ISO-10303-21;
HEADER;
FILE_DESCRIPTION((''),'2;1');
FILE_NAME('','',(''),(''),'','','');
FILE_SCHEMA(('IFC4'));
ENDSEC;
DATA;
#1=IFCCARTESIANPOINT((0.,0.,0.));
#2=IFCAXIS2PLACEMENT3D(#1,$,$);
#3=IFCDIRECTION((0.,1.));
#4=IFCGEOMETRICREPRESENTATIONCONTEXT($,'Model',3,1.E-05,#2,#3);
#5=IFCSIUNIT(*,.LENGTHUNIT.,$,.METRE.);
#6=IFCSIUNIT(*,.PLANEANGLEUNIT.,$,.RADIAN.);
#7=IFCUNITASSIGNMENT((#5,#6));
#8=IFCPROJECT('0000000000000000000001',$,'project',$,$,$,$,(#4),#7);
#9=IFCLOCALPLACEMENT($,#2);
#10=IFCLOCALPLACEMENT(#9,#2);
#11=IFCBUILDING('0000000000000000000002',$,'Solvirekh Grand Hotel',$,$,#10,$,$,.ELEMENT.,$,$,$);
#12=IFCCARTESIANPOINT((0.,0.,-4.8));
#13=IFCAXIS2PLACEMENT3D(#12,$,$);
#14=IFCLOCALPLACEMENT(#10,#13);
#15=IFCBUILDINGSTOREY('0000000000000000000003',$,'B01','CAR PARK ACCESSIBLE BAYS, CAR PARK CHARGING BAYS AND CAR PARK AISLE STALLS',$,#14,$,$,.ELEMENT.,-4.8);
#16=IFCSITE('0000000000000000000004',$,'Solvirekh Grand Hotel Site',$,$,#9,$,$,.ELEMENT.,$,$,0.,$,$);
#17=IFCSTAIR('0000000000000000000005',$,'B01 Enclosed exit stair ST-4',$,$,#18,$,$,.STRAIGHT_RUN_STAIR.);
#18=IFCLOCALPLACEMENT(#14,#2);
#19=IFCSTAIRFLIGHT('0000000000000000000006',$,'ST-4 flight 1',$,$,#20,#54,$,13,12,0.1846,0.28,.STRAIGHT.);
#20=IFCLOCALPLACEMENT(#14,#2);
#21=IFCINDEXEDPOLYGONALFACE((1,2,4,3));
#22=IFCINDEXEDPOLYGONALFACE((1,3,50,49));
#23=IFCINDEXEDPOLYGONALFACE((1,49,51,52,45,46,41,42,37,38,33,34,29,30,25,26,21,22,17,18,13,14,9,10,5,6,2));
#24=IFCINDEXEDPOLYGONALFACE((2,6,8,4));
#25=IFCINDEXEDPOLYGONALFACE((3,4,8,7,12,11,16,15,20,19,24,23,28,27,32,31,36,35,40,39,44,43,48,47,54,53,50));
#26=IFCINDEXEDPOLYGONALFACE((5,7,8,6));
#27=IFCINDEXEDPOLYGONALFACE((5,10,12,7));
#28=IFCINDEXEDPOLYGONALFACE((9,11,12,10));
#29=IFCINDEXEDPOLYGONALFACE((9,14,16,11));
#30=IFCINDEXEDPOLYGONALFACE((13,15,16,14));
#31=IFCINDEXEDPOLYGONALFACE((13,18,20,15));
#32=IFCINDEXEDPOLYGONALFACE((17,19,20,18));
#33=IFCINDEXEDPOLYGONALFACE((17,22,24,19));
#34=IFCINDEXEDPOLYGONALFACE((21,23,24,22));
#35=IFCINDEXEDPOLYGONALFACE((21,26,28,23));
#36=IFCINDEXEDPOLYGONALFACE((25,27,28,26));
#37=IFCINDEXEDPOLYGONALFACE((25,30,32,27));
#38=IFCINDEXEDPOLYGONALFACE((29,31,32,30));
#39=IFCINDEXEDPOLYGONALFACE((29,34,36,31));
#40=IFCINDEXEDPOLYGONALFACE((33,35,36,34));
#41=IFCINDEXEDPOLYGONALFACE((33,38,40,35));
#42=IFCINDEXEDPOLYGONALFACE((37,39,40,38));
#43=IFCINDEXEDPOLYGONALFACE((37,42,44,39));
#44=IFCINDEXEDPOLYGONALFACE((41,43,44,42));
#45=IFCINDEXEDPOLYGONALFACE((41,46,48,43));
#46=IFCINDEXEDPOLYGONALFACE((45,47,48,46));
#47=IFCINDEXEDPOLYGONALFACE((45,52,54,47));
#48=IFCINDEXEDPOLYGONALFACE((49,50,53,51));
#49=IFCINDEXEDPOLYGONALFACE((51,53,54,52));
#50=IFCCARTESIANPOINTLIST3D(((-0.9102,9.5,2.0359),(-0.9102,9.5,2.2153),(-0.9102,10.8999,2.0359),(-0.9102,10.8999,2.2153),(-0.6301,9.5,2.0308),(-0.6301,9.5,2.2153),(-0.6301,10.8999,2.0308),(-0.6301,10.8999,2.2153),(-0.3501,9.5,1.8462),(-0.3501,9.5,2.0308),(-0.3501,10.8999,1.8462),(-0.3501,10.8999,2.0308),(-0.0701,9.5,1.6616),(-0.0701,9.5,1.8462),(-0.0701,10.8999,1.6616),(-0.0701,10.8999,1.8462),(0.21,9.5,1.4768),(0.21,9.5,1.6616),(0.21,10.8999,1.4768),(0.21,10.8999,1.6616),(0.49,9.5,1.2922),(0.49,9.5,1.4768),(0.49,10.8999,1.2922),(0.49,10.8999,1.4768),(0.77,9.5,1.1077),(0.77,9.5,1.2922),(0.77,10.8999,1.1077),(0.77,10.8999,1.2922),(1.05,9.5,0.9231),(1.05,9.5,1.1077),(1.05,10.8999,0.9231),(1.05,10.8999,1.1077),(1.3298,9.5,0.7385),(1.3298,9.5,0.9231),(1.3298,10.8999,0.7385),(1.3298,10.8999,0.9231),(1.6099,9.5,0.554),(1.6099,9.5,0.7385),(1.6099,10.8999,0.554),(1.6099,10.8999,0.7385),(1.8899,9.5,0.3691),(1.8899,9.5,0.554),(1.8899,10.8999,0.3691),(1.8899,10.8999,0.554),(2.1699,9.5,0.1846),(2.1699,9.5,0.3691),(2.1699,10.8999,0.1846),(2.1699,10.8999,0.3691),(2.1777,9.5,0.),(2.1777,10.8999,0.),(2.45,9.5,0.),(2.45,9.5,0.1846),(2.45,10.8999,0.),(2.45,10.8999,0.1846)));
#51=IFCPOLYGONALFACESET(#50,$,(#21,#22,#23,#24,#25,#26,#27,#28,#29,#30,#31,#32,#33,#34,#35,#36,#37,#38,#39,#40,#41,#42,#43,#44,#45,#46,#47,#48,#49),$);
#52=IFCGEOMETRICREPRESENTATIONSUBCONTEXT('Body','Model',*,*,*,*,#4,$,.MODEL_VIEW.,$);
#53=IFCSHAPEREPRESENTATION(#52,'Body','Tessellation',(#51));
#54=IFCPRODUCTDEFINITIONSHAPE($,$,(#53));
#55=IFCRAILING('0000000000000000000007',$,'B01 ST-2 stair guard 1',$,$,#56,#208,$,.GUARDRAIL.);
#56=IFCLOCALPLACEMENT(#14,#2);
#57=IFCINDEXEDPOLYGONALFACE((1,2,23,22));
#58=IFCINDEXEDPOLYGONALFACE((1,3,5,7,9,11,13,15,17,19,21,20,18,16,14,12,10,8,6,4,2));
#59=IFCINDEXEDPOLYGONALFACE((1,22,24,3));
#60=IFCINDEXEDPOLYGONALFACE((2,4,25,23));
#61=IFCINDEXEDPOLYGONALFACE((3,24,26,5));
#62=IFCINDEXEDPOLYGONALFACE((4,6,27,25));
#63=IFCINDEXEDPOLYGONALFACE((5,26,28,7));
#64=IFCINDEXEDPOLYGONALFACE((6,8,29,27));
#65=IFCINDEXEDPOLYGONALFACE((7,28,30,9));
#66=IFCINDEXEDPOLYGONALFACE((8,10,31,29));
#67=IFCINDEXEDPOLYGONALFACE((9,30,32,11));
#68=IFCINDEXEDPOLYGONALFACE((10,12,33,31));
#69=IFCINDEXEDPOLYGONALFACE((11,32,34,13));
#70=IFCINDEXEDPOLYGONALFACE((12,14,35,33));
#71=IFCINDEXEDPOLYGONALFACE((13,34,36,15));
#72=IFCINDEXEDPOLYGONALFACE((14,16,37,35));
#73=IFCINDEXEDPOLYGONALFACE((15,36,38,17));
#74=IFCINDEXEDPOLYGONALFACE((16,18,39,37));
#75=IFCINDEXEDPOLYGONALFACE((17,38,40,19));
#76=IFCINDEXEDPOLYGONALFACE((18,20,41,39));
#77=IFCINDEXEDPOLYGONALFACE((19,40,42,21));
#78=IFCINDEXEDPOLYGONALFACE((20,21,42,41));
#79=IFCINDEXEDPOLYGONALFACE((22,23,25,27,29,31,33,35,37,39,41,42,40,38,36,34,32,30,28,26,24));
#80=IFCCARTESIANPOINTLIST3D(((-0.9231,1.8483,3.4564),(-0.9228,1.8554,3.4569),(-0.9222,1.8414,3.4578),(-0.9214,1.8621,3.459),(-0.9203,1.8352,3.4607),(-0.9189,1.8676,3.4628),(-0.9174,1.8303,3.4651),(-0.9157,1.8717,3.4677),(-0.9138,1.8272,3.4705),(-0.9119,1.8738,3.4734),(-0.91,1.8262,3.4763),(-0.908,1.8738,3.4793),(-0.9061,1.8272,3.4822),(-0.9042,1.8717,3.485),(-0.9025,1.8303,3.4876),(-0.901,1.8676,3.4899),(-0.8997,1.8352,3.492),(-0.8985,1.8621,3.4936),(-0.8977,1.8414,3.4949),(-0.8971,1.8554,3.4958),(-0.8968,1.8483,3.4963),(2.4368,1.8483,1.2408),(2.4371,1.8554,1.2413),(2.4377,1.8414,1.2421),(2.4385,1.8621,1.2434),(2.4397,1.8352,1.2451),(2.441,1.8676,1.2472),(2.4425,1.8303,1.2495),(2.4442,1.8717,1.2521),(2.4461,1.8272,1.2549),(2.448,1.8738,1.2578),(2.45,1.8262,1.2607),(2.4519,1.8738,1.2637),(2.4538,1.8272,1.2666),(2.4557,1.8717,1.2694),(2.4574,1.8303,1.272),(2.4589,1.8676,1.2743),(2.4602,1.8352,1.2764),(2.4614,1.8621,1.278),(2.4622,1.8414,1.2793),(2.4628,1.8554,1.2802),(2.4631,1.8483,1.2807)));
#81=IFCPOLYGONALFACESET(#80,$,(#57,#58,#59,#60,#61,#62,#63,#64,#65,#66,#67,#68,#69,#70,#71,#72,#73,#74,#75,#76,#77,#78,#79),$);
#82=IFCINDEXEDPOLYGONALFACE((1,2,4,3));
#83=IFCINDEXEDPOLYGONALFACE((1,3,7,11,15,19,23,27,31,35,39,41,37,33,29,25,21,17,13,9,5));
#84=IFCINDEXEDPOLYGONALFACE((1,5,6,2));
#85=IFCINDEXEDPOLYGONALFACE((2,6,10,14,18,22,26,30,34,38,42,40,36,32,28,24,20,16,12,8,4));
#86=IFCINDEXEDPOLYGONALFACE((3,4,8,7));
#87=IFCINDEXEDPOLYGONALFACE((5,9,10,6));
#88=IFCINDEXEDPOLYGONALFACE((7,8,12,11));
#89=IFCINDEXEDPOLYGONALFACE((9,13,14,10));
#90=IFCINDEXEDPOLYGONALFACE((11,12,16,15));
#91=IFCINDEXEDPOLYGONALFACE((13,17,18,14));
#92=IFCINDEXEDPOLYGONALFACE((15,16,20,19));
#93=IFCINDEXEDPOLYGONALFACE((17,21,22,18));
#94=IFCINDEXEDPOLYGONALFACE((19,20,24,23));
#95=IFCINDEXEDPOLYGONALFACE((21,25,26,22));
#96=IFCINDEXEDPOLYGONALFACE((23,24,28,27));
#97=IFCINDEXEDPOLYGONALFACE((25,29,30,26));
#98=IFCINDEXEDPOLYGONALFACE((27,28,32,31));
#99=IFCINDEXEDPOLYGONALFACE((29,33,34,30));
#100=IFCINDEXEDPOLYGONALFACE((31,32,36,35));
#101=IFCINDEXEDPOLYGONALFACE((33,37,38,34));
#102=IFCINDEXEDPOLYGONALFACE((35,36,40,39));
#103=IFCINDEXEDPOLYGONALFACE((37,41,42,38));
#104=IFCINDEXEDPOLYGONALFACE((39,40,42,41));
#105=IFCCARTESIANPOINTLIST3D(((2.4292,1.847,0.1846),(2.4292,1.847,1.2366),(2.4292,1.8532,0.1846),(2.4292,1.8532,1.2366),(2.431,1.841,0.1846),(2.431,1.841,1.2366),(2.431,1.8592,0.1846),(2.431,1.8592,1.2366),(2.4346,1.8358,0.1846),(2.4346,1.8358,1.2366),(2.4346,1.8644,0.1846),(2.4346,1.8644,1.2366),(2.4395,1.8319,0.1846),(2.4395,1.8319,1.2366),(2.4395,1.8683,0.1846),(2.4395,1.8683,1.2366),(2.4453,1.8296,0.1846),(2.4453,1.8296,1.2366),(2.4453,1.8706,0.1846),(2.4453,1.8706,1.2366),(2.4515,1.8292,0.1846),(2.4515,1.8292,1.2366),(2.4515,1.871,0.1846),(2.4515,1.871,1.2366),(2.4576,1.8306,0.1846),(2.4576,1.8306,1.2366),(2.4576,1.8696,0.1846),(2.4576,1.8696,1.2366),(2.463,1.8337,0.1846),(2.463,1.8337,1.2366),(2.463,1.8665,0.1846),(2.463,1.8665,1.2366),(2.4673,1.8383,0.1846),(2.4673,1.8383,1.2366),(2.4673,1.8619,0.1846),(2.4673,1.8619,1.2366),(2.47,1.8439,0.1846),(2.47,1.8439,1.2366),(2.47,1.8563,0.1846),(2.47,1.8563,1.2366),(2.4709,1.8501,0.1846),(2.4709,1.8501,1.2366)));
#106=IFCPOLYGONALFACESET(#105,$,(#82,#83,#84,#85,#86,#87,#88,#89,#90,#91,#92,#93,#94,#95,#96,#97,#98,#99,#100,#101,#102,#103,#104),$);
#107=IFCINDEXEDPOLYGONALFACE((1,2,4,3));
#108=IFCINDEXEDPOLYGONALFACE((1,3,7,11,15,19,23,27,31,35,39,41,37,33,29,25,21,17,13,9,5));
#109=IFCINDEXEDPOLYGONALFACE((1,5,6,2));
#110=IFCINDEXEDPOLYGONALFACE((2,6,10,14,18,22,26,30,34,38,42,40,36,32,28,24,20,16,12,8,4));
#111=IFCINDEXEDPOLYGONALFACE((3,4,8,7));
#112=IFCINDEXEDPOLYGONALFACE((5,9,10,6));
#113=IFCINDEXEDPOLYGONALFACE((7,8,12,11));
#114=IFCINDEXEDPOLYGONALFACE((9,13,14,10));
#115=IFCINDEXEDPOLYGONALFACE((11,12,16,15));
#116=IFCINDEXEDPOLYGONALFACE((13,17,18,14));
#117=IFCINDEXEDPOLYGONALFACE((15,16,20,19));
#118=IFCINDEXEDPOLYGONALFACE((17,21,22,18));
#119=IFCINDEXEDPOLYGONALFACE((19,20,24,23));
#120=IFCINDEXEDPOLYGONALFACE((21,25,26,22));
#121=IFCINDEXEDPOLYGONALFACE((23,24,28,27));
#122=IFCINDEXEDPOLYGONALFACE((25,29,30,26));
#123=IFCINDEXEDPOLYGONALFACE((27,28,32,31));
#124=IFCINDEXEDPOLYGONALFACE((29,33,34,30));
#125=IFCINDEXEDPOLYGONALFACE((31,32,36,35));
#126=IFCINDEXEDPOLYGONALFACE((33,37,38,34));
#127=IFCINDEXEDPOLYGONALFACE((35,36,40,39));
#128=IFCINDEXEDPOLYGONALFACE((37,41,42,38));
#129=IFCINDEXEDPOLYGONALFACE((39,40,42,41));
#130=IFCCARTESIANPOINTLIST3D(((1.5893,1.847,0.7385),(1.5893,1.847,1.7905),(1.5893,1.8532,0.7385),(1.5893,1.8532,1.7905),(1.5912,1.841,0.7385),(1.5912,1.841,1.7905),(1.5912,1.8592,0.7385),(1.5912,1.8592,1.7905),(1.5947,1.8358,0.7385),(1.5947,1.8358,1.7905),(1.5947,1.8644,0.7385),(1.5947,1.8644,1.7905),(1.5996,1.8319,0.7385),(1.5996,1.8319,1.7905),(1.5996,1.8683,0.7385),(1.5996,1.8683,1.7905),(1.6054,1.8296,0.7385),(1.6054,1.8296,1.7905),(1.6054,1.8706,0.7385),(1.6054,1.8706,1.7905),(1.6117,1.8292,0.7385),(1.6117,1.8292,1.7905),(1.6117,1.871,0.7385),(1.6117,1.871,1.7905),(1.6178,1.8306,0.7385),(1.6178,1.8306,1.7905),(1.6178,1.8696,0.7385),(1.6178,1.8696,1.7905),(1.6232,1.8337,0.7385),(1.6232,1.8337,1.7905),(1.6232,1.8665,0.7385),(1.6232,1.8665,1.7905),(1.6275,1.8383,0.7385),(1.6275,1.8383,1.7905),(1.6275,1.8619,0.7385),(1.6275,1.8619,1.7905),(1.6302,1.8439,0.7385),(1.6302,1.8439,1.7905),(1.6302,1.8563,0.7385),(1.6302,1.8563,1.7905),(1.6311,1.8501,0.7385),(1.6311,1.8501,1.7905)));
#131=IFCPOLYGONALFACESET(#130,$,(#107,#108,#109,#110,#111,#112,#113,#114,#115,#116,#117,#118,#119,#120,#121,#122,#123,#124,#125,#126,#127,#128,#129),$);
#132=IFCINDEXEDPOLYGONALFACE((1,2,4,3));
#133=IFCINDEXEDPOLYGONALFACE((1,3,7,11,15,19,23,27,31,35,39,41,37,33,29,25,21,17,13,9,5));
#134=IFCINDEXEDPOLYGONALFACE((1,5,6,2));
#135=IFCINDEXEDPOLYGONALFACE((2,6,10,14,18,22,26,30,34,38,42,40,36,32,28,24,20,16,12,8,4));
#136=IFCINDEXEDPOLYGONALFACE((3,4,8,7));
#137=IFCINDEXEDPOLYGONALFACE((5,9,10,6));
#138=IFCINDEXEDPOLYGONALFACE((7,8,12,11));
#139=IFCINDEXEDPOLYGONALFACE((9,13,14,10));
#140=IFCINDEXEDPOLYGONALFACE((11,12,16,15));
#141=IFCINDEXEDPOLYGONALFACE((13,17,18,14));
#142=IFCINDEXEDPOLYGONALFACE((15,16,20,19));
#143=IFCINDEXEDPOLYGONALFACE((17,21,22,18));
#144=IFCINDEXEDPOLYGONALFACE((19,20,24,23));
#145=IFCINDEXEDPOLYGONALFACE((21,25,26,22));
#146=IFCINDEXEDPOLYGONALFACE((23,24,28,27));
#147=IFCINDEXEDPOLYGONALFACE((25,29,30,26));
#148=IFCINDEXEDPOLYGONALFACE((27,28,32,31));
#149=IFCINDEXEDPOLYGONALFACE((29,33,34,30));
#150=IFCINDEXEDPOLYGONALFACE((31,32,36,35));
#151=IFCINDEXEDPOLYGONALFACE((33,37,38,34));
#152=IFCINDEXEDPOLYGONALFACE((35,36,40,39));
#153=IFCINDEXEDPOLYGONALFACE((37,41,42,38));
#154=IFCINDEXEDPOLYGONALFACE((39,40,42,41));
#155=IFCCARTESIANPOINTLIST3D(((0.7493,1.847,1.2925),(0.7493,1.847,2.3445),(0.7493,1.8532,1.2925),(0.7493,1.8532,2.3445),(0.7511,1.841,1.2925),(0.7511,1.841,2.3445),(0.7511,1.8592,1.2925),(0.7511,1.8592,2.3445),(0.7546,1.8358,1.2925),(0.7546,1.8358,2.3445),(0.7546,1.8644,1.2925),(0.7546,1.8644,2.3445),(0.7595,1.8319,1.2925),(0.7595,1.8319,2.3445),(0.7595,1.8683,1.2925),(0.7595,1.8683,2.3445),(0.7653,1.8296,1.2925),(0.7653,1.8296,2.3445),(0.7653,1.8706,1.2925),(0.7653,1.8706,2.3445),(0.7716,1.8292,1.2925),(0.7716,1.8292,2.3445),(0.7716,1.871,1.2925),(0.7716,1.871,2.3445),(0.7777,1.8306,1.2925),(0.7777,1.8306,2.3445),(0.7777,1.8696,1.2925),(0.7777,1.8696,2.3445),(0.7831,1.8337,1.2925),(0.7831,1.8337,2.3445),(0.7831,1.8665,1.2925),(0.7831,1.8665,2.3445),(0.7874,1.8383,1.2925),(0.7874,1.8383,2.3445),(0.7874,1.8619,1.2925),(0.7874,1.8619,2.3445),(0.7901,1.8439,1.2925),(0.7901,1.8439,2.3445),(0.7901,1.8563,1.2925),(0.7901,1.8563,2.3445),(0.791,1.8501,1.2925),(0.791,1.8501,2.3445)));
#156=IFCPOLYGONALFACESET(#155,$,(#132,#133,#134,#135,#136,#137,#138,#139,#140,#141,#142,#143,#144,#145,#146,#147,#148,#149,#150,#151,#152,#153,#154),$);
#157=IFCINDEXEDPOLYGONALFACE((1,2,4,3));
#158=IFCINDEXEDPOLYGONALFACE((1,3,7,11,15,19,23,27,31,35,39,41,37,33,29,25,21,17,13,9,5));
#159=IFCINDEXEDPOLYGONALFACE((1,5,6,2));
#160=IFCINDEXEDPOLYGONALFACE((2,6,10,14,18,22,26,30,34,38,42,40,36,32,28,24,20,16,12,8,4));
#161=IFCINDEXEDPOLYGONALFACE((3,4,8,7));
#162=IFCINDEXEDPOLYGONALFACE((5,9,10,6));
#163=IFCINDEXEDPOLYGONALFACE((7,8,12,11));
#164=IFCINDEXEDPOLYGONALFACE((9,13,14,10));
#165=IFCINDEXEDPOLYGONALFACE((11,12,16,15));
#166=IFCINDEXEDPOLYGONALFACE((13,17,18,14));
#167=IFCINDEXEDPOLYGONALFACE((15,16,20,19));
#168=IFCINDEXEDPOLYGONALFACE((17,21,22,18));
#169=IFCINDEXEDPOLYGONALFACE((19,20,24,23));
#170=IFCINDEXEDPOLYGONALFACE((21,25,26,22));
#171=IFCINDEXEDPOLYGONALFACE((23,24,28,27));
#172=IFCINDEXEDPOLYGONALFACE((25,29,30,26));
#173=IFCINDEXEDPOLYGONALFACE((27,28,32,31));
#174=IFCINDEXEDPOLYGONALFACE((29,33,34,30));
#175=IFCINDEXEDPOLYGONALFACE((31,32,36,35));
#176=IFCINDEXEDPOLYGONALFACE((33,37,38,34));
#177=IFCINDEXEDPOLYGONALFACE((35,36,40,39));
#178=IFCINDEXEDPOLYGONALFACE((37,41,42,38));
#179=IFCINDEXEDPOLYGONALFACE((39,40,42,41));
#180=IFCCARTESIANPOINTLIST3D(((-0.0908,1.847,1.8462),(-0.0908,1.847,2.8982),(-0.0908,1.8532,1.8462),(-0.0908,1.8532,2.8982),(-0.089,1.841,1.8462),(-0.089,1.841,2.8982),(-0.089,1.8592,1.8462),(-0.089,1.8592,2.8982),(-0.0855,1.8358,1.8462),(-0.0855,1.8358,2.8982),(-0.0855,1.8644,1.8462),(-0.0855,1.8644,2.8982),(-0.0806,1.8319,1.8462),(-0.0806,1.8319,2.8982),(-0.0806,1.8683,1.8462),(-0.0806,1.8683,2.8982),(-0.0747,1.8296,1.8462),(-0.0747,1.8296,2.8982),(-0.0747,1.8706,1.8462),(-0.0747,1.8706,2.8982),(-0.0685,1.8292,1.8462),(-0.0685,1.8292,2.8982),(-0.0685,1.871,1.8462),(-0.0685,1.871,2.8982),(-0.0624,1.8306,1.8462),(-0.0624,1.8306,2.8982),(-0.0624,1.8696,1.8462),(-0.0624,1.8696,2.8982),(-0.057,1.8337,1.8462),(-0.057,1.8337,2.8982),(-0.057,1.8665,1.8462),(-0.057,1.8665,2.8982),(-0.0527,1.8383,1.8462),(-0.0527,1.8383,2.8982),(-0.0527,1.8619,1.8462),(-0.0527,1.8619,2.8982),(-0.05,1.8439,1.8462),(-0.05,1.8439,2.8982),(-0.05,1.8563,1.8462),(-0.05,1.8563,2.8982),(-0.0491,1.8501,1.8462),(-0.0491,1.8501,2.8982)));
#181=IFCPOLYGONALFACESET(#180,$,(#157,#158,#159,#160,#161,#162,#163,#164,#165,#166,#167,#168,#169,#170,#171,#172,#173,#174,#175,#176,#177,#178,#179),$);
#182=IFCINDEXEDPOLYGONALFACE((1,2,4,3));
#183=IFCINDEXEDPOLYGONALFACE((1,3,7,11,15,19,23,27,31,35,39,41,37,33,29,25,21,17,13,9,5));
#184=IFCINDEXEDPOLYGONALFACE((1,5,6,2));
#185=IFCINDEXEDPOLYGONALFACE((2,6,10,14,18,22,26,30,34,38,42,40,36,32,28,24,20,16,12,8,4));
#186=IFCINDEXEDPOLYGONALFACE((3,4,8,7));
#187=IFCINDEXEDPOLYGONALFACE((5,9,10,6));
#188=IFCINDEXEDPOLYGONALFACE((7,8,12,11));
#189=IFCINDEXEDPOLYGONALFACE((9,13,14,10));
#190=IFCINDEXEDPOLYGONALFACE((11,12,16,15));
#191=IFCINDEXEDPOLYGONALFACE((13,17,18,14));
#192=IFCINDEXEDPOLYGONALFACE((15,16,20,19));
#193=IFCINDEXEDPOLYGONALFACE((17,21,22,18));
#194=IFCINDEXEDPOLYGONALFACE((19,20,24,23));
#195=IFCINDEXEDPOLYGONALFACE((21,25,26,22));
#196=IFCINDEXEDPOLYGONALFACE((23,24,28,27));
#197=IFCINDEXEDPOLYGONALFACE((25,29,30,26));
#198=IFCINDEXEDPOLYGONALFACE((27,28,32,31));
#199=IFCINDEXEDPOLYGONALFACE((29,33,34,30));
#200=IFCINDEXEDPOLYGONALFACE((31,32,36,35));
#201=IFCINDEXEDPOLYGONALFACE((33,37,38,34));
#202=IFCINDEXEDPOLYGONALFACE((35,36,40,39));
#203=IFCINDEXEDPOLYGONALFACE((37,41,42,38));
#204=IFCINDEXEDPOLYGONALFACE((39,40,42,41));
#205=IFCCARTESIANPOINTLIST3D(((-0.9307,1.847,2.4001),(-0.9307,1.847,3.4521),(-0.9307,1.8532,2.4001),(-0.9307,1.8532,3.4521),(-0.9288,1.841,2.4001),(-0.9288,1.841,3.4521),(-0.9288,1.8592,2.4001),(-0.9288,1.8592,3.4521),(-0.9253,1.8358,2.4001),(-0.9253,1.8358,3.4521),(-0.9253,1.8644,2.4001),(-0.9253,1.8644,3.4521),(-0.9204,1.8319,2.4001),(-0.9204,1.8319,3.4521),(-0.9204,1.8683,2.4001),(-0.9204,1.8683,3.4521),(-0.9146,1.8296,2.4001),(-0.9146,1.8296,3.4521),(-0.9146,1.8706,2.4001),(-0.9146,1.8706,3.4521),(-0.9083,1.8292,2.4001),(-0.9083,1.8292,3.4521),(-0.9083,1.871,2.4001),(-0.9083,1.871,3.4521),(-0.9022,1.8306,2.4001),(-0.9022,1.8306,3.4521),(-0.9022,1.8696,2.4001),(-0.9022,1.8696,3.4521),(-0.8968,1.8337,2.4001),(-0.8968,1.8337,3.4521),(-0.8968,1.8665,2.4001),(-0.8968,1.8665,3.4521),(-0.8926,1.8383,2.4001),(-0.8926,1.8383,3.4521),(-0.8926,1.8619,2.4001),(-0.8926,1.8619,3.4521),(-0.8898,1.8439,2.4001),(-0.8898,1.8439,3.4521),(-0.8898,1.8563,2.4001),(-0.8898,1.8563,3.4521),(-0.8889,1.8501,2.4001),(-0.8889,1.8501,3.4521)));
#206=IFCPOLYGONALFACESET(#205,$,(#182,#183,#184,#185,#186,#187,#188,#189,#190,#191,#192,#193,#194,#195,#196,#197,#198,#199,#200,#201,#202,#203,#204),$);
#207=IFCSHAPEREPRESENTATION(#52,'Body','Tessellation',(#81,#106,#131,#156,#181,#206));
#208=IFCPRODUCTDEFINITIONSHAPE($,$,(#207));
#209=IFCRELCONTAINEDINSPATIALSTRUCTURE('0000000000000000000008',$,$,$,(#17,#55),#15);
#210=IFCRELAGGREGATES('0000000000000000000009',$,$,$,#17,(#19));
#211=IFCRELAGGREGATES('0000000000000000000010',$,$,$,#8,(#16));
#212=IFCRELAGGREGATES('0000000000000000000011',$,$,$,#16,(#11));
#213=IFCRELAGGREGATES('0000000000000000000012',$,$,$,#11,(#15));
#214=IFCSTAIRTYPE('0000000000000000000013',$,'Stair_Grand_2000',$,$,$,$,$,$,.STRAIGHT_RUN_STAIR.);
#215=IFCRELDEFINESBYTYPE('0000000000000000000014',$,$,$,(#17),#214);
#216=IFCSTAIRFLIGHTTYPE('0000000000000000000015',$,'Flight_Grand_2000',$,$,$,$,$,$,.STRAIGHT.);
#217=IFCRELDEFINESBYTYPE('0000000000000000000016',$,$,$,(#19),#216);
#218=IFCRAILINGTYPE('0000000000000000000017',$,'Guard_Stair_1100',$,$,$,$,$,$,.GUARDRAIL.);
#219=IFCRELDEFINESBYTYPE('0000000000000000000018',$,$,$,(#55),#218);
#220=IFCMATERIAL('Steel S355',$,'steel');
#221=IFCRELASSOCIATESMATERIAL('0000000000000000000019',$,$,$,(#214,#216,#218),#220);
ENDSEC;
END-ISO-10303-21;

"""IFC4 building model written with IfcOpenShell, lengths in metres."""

from ifc_helpers import new_model, si_unit, direction, frame, origin, origin_2d, place, context, subcontext, project, spatial, polyline, circle, outline, extrude, material, type_object, element, aggregate, save


model = new_model("IFC4")

# Units and contexts
model_context = context("Model", 3, precision=1e-05, world=origin(), true_north=direction((0.0, 1.0)))
body_context = subcontext(model_context, "Body", "Model", "MODEL_VIEW")
ifc_project = project(units=[si_unit("LENGTHUNIT", "METRE"), si_unit("PLANEANGLEUNIT", "RADIAN")], contexts=[model_context])

# Site, building, storey
site_placement = place(None, origin())
site = spatial("IfcSite", under=ifc_project, at=site_placement, Name="Solvirekh Grand Hotel Site", CompositionType="ELEMENT", RefElevation=0.0)
building_placement = place(site_placement, origin())
building = spatial("IfcBuilding", under=site, at=building_placement, Name="Solvirekh Grand Hotel", CompositionType="ELEMENT")
storey_placement = place(building_placement, frame((0.0, 0.0, -4.8)))
storey = spatial("IfcBuildingStorey", under=building, at=storey_placement, Name="B01", Description="CAR PARK ACCESSIBLE BAYS, CAR PARK CHARGING BAYS AND CAR PARK AISLE STALLS", CompositionType="ELEMENT", Elevation=-4.8)

# Shared definitions
ifc_material_1 = material(Name="Steel S355", Category="steel")

# Stair, stair flight
stair_type_1 = type_object("IfcStairType", Name="Stair_Grand_2000", PredefinedType="STRAIGHT_RUN_STAIR", material=ifc_material_1)
stair_1_placement = place(storey_placement, origin())
stair_1 = element("IfcStair", 1, at=stair_1_placement, inside=storey, type_object=stair_type_1, Name="B01 Enclosed exit stair ST-4", PredefinedType="STRAIGHT_RUN_STAIR")
stair_flight_type_1 = type_object("IfcStairFlightType", Name="Flight_Grand_2000", PredefinedType="STRAIGHT", material=ifc_material_1)
stair_flight_1_placement = place(storey_placement, frame((2.45, 10.2, 0.0), z_axis=(0.0, 0.0, 1.0), x_axis=(-1.0, 0.0, 0.0)))
stair_flight_1 = element("IfcStairFlight", 2, at=stair_flight_1_placement, type_object=stair_flight_type_1, Name="ST-4 flight 1", NumberOfRisers=13, NumberOfTreads=12, PredefinedType="STRAIGHT", RiserHeight=0.1846, TreadLength=0.28, context=body_context, shape_type="SweptSolid", body=[
    extrude(outline(polyline([(0.0, 0.0), (0.0, 0.1846), (0.28, 0.1846), (0.28, 0.3691), (0.5601, 0.3691), (0.5601, 0.554), (0.8401, 0.554), (0.8401, 0.7385), (1.1201, 0.7385), (1.1201, 0.9231), (1.3999, 0.9231), (1.3999, 1.1077), (1.6799, 1.1077), (1.6799, 1.2922), (1.96, 1.2922), (1.96, 1.4768), (2.24, 1.4768), (2.24, 1.6616), (2.52, 1.6616), (2.52, 1.8462), (2.8, 1.8462), (2.8, 2.0308), (3.0801, 2.0308), (3.0801, 2.2153), (3.3601, 2.2153), (3.3601, 2.3999), (3.3601, 2.0359), (0.2722, 0.0), (0.0, 0.0)])), frame((0.0, 0.7, 0.0), z_axis=(0.0, -1.0, 0.0), x_axis=(1.0, 0.0, 0.0)), (0.0, 0.0, 1.0), 1.3999),
])
aggregate(stair_1, [stair_flight_1])

# Railing
railing_type_1 = type_object("IfcRailingType", Name="Guard_Stair_1100", PredefinedType="GUARDRAIL", material=ifc_material_1)
railing_1_placement = place(storey_placement, frame((2.45, 1.8501, 0.1846)))
element("IfcRailing", 3, at=railing_1_placement, inside=storey, type_object=railing_type_1, Name="B01 ST-2 stair guard 1", PredefinedType="GUARDRAIL", context=body_context, shape_type="SweptSolid", body=[
    extrude(circle(Radius=0.0239, at=origin_2d()), frame((0.0, 0.0, 1.0762), z_axis=(-0.83483, 0.0, 0.550508), x_axis=(0.0, -1.0, 0.0)), (0.0, 0.0, 1.0), 4.0247),
    extrude(circle(Radius=0.021, at=origin_2d()), origin(), (0.0, 0.0, 1.0), 1.052),
    extrude(circle(Radius=0.021, at=origin_2d()), frame((-0.8398, 0.0, 0.554)), (0.0, 0.0, 1.0), 1.052),
    extrude(circle(Radius=0.021, at=origin_2d()), frame((-1.6799, 0.0, 1.1079)), (0.0, 0.0, 1.0), 1.052),
    extrude(circle(Radius=0.021, at=origin_2d()), frame((-2.52, 0.0, 1.6616)), (0.0, 0.0, 1.0), 1.052),
    extrude(circle(Radius=0.021, at=origin_2d()), frame((-3.3599, 0.0, 2.2156)), (0.0, 0.0, 1.0), 1.052),
])

save(model, "model.ifc")
